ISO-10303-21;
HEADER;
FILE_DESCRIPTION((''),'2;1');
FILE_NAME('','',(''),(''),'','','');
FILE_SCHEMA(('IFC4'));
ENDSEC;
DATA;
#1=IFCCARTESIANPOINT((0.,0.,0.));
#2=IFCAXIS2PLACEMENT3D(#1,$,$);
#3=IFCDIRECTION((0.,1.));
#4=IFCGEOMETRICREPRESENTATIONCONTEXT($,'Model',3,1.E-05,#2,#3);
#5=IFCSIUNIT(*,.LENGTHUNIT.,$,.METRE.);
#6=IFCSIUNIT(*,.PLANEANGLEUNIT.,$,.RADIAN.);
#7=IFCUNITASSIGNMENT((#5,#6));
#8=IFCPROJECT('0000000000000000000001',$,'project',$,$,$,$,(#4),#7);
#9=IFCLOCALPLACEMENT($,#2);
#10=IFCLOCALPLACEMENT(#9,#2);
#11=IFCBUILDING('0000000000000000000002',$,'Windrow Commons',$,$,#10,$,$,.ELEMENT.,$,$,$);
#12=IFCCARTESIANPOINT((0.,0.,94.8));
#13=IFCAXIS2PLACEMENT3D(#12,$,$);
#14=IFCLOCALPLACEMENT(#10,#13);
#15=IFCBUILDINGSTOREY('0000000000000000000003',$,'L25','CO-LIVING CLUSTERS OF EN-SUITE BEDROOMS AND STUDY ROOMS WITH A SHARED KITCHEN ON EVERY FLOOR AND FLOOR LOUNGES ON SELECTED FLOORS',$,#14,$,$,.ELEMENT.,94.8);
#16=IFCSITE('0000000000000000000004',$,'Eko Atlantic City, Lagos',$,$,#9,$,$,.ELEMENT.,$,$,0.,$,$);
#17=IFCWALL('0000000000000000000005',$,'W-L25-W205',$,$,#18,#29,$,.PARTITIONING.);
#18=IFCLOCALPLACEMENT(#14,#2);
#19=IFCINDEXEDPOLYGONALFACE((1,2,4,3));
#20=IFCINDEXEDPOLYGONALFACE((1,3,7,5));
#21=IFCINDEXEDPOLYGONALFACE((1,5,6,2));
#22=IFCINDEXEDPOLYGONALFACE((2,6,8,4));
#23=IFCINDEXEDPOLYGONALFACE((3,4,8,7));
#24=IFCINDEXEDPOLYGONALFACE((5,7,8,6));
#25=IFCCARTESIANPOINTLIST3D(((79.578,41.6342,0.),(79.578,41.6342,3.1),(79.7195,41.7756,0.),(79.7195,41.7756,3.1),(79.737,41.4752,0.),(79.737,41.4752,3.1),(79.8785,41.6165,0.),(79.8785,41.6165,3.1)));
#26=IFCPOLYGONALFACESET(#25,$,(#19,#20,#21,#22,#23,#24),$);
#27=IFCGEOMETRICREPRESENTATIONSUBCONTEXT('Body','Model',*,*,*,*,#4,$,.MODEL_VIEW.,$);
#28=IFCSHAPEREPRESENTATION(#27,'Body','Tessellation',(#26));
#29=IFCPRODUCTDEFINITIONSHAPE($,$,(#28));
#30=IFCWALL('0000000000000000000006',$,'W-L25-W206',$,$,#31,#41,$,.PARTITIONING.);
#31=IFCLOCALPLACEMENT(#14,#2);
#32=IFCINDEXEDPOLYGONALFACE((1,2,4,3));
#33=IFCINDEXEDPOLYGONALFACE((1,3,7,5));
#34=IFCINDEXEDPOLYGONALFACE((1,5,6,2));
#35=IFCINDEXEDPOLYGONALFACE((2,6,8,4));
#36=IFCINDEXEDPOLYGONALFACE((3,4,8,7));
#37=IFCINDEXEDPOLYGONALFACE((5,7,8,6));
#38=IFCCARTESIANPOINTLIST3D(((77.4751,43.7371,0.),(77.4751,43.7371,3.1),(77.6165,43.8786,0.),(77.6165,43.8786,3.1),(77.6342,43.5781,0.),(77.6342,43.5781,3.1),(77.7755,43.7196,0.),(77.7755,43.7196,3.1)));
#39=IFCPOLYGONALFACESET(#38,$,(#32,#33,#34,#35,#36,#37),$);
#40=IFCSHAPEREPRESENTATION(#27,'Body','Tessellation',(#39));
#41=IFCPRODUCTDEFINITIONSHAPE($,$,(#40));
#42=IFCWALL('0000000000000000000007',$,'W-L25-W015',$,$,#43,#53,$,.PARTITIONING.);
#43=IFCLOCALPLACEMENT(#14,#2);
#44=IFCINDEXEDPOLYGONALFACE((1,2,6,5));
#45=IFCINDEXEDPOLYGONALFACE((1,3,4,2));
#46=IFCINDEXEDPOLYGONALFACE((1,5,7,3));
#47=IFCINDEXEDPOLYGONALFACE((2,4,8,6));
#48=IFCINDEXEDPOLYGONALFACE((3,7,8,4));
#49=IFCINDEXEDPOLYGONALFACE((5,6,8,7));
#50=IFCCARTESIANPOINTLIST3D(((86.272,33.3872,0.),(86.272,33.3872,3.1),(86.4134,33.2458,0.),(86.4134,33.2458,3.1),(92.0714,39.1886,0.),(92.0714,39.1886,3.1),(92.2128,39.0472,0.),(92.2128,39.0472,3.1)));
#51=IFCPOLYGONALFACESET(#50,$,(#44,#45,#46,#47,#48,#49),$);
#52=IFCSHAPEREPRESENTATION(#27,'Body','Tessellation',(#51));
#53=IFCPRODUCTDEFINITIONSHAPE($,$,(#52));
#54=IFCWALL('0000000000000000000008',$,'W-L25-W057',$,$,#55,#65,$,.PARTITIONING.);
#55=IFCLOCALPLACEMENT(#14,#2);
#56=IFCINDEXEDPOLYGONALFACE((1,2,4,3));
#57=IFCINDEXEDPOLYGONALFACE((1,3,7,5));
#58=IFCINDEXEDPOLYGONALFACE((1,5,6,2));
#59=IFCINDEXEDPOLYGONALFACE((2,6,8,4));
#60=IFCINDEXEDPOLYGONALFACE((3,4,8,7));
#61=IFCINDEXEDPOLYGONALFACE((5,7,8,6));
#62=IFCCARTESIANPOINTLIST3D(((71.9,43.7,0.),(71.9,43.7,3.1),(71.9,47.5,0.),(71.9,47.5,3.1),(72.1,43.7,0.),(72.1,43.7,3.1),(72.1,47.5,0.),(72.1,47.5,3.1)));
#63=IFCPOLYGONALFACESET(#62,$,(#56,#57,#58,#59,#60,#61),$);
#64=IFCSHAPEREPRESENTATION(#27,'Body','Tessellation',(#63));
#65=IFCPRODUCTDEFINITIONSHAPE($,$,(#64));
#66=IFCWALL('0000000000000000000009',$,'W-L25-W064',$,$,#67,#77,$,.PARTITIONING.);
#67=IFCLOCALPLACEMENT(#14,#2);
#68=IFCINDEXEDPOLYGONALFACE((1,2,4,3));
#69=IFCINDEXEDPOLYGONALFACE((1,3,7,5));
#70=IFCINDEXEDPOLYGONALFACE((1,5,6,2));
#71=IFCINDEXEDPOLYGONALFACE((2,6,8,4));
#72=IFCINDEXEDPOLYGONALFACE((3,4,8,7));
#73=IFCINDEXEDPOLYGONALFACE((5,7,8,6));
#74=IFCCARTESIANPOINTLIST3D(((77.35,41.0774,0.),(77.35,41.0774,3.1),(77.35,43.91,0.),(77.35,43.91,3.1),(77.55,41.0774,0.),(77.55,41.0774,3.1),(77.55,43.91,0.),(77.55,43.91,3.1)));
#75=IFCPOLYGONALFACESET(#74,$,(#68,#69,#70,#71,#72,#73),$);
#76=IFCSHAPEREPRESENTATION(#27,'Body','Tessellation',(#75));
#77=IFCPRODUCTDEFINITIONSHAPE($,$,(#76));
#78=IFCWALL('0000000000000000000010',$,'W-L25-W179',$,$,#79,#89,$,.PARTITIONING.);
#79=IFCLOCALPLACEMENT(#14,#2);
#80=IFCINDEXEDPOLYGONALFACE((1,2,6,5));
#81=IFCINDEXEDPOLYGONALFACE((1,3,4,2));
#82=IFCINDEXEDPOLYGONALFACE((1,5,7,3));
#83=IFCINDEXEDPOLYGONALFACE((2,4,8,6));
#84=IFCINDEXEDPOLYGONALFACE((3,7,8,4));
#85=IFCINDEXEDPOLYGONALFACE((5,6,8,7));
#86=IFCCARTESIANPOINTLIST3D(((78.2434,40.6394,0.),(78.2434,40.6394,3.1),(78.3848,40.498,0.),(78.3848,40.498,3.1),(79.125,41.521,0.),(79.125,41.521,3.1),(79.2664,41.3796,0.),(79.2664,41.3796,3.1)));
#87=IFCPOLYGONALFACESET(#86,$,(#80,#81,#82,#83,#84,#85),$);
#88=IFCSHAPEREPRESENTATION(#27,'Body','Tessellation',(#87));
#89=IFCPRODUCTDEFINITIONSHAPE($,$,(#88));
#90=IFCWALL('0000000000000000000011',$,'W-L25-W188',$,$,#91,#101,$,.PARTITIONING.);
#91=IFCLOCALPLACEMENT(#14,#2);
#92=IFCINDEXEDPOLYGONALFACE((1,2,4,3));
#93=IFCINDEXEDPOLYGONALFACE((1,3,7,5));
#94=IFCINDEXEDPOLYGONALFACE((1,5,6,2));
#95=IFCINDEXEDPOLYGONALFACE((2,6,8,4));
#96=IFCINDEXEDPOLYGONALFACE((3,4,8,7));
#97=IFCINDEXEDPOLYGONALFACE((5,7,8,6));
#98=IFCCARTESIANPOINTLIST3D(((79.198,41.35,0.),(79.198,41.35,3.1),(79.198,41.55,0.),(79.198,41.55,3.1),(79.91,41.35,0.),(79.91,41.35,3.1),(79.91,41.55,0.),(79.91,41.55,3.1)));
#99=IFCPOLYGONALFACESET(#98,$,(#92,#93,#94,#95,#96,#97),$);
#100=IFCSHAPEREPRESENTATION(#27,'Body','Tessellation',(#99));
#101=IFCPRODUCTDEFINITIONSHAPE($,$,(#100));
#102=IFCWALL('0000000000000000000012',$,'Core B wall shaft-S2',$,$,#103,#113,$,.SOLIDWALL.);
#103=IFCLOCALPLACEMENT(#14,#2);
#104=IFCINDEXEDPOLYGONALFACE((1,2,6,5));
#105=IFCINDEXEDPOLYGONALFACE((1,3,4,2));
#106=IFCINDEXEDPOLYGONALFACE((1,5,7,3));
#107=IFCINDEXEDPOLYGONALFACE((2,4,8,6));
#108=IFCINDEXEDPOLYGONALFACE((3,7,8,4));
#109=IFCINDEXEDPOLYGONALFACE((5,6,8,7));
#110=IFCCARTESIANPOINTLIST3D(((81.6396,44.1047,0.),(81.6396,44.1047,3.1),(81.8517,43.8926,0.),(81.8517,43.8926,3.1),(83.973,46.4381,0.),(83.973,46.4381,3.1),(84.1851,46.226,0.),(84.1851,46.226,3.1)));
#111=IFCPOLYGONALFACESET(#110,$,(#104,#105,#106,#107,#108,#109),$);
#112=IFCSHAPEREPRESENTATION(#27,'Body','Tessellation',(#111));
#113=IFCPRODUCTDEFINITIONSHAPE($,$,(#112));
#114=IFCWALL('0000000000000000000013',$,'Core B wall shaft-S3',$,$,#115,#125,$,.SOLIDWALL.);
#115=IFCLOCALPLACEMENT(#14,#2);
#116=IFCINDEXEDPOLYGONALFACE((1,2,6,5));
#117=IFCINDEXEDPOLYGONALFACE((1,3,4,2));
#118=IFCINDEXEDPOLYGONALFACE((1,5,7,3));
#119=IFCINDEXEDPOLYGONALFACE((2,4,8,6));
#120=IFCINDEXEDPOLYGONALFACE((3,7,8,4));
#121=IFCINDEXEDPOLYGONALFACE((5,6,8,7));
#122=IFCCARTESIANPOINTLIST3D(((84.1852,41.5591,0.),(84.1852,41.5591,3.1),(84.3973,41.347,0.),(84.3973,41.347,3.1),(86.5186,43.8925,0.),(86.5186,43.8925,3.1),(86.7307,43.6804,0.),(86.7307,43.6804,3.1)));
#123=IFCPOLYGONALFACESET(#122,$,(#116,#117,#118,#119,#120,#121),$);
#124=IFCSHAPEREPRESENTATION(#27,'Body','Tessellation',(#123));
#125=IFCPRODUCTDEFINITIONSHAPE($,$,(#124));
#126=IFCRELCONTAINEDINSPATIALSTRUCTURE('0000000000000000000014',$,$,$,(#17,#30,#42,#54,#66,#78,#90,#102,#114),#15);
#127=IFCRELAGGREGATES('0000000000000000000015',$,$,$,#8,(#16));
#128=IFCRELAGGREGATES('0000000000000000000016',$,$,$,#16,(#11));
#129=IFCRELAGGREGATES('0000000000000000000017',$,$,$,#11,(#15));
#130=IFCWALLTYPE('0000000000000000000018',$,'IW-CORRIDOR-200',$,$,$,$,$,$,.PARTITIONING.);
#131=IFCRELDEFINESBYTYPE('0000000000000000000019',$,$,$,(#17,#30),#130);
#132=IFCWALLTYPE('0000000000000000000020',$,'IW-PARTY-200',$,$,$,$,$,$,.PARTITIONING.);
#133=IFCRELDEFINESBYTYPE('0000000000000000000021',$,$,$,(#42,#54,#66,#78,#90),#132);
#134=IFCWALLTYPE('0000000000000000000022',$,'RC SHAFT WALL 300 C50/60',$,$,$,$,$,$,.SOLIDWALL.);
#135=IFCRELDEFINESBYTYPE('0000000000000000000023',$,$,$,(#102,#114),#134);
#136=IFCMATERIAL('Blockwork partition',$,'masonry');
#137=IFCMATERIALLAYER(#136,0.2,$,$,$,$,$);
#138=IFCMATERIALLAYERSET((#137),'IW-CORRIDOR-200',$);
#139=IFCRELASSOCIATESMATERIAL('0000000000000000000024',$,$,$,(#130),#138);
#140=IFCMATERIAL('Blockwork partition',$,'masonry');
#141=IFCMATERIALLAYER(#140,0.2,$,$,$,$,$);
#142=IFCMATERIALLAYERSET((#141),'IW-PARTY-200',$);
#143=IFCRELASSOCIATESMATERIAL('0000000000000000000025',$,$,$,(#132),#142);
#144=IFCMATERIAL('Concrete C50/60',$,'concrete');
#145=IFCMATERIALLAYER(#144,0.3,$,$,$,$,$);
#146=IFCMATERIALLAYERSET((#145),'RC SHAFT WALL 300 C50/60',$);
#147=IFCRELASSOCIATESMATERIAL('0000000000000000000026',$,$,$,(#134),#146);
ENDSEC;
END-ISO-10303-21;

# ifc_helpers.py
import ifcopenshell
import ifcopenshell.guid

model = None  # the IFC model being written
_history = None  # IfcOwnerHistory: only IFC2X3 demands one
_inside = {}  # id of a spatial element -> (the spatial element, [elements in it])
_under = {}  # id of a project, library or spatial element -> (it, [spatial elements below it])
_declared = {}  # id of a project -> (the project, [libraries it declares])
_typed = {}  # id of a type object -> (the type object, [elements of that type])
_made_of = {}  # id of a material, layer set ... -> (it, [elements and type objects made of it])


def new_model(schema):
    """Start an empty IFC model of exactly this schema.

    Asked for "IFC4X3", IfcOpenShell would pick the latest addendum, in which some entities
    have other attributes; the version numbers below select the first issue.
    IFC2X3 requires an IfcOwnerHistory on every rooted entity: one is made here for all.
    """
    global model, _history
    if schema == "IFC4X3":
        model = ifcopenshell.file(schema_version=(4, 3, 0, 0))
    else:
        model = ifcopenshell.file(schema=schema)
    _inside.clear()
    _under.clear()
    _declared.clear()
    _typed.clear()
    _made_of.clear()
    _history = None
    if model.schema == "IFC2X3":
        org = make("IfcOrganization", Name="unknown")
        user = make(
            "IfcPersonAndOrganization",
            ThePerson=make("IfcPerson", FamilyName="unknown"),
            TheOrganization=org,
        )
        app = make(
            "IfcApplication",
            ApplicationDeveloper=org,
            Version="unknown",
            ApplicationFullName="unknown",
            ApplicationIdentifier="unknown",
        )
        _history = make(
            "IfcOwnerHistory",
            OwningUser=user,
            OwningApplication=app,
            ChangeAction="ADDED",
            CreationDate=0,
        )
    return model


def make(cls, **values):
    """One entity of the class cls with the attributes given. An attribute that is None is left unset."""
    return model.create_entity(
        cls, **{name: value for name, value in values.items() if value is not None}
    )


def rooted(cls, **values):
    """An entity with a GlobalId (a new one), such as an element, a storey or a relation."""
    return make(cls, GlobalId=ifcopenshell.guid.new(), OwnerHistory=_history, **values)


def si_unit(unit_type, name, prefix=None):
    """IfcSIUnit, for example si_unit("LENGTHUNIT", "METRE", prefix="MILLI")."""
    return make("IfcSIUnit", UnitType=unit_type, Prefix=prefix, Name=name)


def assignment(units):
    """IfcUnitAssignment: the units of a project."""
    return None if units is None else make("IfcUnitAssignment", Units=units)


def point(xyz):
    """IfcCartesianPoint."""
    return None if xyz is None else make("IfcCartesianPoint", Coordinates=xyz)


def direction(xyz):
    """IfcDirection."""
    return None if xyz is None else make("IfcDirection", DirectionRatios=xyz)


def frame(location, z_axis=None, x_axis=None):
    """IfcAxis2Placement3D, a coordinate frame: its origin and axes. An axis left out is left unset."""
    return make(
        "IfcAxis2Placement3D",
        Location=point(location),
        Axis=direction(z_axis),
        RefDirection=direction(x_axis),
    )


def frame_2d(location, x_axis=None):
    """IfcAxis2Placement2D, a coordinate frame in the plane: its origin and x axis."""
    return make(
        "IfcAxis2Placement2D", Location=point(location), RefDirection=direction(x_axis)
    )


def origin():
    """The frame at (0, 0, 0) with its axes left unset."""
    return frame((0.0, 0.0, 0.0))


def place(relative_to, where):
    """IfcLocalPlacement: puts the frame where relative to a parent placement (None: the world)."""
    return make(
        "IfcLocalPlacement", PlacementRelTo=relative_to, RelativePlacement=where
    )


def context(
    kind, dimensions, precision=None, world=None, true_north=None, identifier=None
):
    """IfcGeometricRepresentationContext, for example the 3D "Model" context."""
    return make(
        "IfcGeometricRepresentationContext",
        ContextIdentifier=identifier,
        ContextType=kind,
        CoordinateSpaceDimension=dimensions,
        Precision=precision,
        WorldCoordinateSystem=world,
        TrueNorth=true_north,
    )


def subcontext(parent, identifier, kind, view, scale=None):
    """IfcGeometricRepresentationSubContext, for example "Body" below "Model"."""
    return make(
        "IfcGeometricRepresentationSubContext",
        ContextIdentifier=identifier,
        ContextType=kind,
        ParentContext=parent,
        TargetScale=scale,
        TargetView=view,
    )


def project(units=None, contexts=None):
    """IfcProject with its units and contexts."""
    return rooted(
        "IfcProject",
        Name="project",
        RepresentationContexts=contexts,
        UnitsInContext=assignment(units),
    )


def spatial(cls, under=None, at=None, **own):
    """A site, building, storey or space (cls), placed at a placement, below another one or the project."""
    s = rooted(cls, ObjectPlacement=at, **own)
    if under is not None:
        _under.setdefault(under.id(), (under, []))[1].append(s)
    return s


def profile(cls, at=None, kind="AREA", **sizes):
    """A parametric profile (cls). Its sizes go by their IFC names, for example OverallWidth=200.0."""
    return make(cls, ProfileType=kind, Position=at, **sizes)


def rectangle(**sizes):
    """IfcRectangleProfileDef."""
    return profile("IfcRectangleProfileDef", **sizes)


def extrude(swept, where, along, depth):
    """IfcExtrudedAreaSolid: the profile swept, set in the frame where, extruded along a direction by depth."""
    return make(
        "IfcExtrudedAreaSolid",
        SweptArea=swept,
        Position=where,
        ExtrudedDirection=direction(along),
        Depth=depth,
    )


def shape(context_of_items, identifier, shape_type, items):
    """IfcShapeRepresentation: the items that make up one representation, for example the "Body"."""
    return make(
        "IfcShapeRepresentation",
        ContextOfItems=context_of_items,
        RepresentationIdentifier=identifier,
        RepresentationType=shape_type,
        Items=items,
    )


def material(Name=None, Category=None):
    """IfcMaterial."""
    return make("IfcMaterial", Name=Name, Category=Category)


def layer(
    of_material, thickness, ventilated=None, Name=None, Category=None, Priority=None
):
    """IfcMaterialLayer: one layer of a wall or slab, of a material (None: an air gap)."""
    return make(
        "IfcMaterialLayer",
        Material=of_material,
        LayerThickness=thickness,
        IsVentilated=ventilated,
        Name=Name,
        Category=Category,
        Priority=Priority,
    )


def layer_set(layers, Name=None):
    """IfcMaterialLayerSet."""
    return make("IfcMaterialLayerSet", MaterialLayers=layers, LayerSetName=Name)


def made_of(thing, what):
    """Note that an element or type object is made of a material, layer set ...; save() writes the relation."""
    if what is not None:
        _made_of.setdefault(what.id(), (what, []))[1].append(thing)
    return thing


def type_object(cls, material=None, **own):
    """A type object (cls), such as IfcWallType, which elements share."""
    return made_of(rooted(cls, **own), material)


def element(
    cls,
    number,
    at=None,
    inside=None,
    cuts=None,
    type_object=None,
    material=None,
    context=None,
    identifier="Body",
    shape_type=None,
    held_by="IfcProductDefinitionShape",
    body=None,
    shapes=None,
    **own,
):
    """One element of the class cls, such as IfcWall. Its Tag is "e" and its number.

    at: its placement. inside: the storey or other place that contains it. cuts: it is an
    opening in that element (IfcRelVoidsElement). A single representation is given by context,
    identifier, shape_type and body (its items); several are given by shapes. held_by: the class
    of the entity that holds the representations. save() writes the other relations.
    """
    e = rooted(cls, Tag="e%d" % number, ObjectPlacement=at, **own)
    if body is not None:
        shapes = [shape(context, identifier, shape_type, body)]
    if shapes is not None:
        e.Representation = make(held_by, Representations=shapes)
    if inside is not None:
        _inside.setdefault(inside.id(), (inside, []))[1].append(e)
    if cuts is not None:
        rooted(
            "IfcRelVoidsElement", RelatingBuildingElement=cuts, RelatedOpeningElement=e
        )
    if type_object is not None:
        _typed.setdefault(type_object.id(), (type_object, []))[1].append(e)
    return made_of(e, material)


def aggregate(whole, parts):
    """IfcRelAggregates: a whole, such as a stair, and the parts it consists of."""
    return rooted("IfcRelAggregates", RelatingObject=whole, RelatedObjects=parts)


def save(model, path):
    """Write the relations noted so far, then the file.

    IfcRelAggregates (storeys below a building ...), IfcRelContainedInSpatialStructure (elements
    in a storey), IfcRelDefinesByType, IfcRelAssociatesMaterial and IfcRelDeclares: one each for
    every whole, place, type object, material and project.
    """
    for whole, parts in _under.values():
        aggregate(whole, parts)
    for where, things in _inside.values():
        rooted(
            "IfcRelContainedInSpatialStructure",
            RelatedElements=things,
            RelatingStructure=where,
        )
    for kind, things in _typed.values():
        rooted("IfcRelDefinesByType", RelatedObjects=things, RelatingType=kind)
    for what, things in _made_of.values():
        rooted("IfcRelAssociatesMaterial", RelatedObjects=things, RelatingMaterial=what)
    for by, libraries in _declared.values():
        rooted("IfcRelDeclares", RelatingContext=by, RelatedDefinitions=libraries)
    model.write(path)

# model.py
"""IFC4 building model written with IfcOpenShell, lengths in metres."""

from ifc_helpers import new_model, si_unit, direction, frame, frame_2d, origin, place, context, subcontext, project, spatial, rectangle, extrude, material, layer, layer_set, type_object, element, save


model = new_model("IFC4")

# Units and contexts
model_context = context("Model", 3, precision=1e-05, world=origin(), true_north=direction((0.0, 1.0)))
body_context = subcontext(model_context, "Body", "Model", "MODEL_VIEW")
ifc_project = project(units=[si_unit("LENGTHUNIT", "METRE"), si_unit("PLANEANGLEUNIT", "RADIAN")], contexts=[model_context])

# Site, building, storey
site_placement = place(None, origin())
site = spatial("IfcSite", under=ifc_project, at=site_placement, Name="Eko Atlantic City, Lagos", CompositionType="ELEMENT", RefElevation=0.0)
building_placement = place(site_placement, origin())
building = spatial("IfcBuilding", under=site, at=building_placement, Name="Windrow Commons", CompositionType="ELEMENT")
storey_placement = place(building_placement, frame((0.0, 0.0, 94.8)))
storey = spatial("IfcBuildingStorey", under=building, at=storey_placement, Name="L25", Description="CO-LIVING CLUSTERS OF EN-SUITE BEDROOMS AND STUDY ROOMS WITH A SHARED KITCHEN ON EVERY FLOOR AND FLOOR LOUNGES ON SELECTED FLOORS", CompositionType="ELEMENT", Elevation=94.8)

# Walls
ifc_material_1 = material(Name="Blockwork partition", Category="masonry")
ifc_layer_1 = layer(ifc_material_1, 0.2)
ifc_layer_set_1 = layer_set([ifc_layer_1], Name="IW-CORRIDOR-200")
wall_type_1 = type_object("IfcWallType", Name="IW-CORRIDOR-200", PredefinedType="PARTITIONING", material=ifc_layer_set_1)
for number, where, z_axis, x_axis, name in (
    (1, (79.6488, 41.7049, 0.0), (0.0, 0.0, 1.0), (0.706884, -0.707329, 0.0), "W-L25-W205"),
    (2, (77.5458, 43.8078, 0.0), (0.0, 0.0, 1.0), (0.707329, -0.706884, 0.0), "W-L25-W206"),
):
    element("IfcWall", number, at=place(storey_placement, frame(where, z_axis=z_axis, x_axis=x_axis)), inside=storey, type_object=wall_type_1, Name=name, PredefinedType="PARTITIONING", context=body_context, shape_type="SweptSolid", body=[
        extrude(rectangle(XDim=0.2249, YDim=0.2, at=frame_2d((0.1124, 0.0))), origin(), (0.0, 0.0, 1.0), 3.1),
    ])
ifc_material_2 = material(Name="Blockwork partition", Category="masonry")
ifc_layer_2 = layer(ifc_material_2, 0.2)
ifc_layer_set_2 = layer_set([ifc_layer_2], Name="IW-PARTY-200")
wall_type_2 = type_object("IfcWallType", Name="IW-PARTY-200", PredefinedType="PARTITIONING", material=ifc_layer_set_2)
wall_1_placement = place(storey_placement, frame((86.3427, 33.3165, 0.0), z_axis=(0.0, 0.0, 1.0), x_axis=(0.706985, 0.707229, 0.0)))
element("IfcWall", 3, at=wall_1_placement, inside=storey, type_object=wall_type_2, Name="W-L25-W015", PredefinedType="PARTITIONING", context=body_context, shape_type="SweptSolid", body=[
    extrude(rectangle(XDim=8.203, YDim=0.2, at=frame_2d((4.1015, 0.0))), origin(), (0.0, 0.0, 1.0), 3.1),
])
wall_2_placement = place(storey_placement, frame((72.0, 43.7, 0.0), z_axis=(0.0, 0.0, 1.0), x_axis=(0.0, 1.0, 0.0)))
element("IfcWall", 4, at=wall_2_placement, inside=storey, type_object=wall_type_2, Name="W-L25-W057", PredefinedType="PARTITIONING", context=body_context, shape_type="SweptSolid", body=[
    extrude(rectangle(XDim=3.8, YDim=0.2, at=frame_2d((1.9, 0.0))), origin(), (0.0, 0.0, 1.0), 3.1),
])
wall_3_placement = place(storey_placement, frame((77.45, 41.0774, 0.0), z_axis=(0.0, 0.0, 1.0), x_axis=(0.0, 1.0, 0.0)))
element("IfcWall", 5, at=wall_3_placement, inside=storey, type_object=wall_type_2, Name="W-L25-W064", PredefinedType="PARTITIONING", context=body_context, shape_type="SweptSolid", body=[
    extrude(rectangle(XDim=2.8326, YDim=0.2, at=frame_2d((1.4163, 0.0))), origin(), (0.0, 0.0, 1.0), 3.1),
])
wall_4_placement = place(storey_placement, frame((78.3141, 40.5687, 0.0), z_axis=(0.0, 0.0, 1.0), x_axis=(0.707107, 0.707107, 0.0)))
element("IfcWall", 6, at=wall_4_placement, inside=storey, type_object=wall_type_2, Name="W-L25-W179", PredefinedType="PARTITIONING", context=body_context, shape_type="SweptSolid", body=[
    extrude(rectangle(XDim=1.2468, YDim=0.2, at=frame_2d((0.6234, 0.0))), origin(), (0.0, 0.0, 1.0), 3.1),
])
wall_5_placement = place(storey_placement, frame((79.198, 41.45, 0.0), z_axis=(0.0, 0.0, 1.0), x_axis=(1.0, 0.0, 0.0)))
element("IfcWall", 7, at=wall_5_placement, inside=storey, type_object=wall_type_2, Name="W-L25-W188", PredefinedType="PARTITIONING", context=body_context, shape_type="SweptSolid", body=[
    extrude(rectangle(XDim=0.712, YDim=0.2, at=frame_2d((0.356, 0.0))), origin(), (0.0, 0.0, 1.0), 3.1),
])
ifc_material_3 = material(Name="Concrete C50/60", Category="concrete")
ifc_layer_3 = layer(ifc_material_3, 0.3)
ifc_layer_set_3 = layer_set([ifc_layer_3], Name="RC SHAFT WALL 300 C50/60")
wall_type_3 = type_object("IfcWallType", Name="RC SHAFT WALL 300 C50/60", PredefinedType="SOLIDWALL", material=ifc_layer_set_3)
for number, where, z_axis, x_axis, name in (
    (8, (81.7456, 43.9986, 0.0), (0.0, 0.0, 1.0), (0.707107, 0.707107, 0.0), "Core B wall shaft-S2"),
    (9, (84.2912, 41.453, 0.0), (0.0, 0.0, 1.0), (0.707107, 0.707107, 0.0), "Core B wall shaft-S3"),
):
    element("IfcWall", number, at=place(storey_placement, frame(where, z_axis=z_axis, x_axis=x_axis)), inside=storey, type_object=wall_type_3, Name=name, PredefinedType="SOLIDWALL", context=body_context, shape_type="SweptSolid", body=[
        extrude(rectangle(XDim=3.2999, YDim=0.3, at=frame_2d((1.65, 0.0))), origin(), (0.0, 0.0, 1.0), 3.1),
    ])

save(model, "model.ifc")
